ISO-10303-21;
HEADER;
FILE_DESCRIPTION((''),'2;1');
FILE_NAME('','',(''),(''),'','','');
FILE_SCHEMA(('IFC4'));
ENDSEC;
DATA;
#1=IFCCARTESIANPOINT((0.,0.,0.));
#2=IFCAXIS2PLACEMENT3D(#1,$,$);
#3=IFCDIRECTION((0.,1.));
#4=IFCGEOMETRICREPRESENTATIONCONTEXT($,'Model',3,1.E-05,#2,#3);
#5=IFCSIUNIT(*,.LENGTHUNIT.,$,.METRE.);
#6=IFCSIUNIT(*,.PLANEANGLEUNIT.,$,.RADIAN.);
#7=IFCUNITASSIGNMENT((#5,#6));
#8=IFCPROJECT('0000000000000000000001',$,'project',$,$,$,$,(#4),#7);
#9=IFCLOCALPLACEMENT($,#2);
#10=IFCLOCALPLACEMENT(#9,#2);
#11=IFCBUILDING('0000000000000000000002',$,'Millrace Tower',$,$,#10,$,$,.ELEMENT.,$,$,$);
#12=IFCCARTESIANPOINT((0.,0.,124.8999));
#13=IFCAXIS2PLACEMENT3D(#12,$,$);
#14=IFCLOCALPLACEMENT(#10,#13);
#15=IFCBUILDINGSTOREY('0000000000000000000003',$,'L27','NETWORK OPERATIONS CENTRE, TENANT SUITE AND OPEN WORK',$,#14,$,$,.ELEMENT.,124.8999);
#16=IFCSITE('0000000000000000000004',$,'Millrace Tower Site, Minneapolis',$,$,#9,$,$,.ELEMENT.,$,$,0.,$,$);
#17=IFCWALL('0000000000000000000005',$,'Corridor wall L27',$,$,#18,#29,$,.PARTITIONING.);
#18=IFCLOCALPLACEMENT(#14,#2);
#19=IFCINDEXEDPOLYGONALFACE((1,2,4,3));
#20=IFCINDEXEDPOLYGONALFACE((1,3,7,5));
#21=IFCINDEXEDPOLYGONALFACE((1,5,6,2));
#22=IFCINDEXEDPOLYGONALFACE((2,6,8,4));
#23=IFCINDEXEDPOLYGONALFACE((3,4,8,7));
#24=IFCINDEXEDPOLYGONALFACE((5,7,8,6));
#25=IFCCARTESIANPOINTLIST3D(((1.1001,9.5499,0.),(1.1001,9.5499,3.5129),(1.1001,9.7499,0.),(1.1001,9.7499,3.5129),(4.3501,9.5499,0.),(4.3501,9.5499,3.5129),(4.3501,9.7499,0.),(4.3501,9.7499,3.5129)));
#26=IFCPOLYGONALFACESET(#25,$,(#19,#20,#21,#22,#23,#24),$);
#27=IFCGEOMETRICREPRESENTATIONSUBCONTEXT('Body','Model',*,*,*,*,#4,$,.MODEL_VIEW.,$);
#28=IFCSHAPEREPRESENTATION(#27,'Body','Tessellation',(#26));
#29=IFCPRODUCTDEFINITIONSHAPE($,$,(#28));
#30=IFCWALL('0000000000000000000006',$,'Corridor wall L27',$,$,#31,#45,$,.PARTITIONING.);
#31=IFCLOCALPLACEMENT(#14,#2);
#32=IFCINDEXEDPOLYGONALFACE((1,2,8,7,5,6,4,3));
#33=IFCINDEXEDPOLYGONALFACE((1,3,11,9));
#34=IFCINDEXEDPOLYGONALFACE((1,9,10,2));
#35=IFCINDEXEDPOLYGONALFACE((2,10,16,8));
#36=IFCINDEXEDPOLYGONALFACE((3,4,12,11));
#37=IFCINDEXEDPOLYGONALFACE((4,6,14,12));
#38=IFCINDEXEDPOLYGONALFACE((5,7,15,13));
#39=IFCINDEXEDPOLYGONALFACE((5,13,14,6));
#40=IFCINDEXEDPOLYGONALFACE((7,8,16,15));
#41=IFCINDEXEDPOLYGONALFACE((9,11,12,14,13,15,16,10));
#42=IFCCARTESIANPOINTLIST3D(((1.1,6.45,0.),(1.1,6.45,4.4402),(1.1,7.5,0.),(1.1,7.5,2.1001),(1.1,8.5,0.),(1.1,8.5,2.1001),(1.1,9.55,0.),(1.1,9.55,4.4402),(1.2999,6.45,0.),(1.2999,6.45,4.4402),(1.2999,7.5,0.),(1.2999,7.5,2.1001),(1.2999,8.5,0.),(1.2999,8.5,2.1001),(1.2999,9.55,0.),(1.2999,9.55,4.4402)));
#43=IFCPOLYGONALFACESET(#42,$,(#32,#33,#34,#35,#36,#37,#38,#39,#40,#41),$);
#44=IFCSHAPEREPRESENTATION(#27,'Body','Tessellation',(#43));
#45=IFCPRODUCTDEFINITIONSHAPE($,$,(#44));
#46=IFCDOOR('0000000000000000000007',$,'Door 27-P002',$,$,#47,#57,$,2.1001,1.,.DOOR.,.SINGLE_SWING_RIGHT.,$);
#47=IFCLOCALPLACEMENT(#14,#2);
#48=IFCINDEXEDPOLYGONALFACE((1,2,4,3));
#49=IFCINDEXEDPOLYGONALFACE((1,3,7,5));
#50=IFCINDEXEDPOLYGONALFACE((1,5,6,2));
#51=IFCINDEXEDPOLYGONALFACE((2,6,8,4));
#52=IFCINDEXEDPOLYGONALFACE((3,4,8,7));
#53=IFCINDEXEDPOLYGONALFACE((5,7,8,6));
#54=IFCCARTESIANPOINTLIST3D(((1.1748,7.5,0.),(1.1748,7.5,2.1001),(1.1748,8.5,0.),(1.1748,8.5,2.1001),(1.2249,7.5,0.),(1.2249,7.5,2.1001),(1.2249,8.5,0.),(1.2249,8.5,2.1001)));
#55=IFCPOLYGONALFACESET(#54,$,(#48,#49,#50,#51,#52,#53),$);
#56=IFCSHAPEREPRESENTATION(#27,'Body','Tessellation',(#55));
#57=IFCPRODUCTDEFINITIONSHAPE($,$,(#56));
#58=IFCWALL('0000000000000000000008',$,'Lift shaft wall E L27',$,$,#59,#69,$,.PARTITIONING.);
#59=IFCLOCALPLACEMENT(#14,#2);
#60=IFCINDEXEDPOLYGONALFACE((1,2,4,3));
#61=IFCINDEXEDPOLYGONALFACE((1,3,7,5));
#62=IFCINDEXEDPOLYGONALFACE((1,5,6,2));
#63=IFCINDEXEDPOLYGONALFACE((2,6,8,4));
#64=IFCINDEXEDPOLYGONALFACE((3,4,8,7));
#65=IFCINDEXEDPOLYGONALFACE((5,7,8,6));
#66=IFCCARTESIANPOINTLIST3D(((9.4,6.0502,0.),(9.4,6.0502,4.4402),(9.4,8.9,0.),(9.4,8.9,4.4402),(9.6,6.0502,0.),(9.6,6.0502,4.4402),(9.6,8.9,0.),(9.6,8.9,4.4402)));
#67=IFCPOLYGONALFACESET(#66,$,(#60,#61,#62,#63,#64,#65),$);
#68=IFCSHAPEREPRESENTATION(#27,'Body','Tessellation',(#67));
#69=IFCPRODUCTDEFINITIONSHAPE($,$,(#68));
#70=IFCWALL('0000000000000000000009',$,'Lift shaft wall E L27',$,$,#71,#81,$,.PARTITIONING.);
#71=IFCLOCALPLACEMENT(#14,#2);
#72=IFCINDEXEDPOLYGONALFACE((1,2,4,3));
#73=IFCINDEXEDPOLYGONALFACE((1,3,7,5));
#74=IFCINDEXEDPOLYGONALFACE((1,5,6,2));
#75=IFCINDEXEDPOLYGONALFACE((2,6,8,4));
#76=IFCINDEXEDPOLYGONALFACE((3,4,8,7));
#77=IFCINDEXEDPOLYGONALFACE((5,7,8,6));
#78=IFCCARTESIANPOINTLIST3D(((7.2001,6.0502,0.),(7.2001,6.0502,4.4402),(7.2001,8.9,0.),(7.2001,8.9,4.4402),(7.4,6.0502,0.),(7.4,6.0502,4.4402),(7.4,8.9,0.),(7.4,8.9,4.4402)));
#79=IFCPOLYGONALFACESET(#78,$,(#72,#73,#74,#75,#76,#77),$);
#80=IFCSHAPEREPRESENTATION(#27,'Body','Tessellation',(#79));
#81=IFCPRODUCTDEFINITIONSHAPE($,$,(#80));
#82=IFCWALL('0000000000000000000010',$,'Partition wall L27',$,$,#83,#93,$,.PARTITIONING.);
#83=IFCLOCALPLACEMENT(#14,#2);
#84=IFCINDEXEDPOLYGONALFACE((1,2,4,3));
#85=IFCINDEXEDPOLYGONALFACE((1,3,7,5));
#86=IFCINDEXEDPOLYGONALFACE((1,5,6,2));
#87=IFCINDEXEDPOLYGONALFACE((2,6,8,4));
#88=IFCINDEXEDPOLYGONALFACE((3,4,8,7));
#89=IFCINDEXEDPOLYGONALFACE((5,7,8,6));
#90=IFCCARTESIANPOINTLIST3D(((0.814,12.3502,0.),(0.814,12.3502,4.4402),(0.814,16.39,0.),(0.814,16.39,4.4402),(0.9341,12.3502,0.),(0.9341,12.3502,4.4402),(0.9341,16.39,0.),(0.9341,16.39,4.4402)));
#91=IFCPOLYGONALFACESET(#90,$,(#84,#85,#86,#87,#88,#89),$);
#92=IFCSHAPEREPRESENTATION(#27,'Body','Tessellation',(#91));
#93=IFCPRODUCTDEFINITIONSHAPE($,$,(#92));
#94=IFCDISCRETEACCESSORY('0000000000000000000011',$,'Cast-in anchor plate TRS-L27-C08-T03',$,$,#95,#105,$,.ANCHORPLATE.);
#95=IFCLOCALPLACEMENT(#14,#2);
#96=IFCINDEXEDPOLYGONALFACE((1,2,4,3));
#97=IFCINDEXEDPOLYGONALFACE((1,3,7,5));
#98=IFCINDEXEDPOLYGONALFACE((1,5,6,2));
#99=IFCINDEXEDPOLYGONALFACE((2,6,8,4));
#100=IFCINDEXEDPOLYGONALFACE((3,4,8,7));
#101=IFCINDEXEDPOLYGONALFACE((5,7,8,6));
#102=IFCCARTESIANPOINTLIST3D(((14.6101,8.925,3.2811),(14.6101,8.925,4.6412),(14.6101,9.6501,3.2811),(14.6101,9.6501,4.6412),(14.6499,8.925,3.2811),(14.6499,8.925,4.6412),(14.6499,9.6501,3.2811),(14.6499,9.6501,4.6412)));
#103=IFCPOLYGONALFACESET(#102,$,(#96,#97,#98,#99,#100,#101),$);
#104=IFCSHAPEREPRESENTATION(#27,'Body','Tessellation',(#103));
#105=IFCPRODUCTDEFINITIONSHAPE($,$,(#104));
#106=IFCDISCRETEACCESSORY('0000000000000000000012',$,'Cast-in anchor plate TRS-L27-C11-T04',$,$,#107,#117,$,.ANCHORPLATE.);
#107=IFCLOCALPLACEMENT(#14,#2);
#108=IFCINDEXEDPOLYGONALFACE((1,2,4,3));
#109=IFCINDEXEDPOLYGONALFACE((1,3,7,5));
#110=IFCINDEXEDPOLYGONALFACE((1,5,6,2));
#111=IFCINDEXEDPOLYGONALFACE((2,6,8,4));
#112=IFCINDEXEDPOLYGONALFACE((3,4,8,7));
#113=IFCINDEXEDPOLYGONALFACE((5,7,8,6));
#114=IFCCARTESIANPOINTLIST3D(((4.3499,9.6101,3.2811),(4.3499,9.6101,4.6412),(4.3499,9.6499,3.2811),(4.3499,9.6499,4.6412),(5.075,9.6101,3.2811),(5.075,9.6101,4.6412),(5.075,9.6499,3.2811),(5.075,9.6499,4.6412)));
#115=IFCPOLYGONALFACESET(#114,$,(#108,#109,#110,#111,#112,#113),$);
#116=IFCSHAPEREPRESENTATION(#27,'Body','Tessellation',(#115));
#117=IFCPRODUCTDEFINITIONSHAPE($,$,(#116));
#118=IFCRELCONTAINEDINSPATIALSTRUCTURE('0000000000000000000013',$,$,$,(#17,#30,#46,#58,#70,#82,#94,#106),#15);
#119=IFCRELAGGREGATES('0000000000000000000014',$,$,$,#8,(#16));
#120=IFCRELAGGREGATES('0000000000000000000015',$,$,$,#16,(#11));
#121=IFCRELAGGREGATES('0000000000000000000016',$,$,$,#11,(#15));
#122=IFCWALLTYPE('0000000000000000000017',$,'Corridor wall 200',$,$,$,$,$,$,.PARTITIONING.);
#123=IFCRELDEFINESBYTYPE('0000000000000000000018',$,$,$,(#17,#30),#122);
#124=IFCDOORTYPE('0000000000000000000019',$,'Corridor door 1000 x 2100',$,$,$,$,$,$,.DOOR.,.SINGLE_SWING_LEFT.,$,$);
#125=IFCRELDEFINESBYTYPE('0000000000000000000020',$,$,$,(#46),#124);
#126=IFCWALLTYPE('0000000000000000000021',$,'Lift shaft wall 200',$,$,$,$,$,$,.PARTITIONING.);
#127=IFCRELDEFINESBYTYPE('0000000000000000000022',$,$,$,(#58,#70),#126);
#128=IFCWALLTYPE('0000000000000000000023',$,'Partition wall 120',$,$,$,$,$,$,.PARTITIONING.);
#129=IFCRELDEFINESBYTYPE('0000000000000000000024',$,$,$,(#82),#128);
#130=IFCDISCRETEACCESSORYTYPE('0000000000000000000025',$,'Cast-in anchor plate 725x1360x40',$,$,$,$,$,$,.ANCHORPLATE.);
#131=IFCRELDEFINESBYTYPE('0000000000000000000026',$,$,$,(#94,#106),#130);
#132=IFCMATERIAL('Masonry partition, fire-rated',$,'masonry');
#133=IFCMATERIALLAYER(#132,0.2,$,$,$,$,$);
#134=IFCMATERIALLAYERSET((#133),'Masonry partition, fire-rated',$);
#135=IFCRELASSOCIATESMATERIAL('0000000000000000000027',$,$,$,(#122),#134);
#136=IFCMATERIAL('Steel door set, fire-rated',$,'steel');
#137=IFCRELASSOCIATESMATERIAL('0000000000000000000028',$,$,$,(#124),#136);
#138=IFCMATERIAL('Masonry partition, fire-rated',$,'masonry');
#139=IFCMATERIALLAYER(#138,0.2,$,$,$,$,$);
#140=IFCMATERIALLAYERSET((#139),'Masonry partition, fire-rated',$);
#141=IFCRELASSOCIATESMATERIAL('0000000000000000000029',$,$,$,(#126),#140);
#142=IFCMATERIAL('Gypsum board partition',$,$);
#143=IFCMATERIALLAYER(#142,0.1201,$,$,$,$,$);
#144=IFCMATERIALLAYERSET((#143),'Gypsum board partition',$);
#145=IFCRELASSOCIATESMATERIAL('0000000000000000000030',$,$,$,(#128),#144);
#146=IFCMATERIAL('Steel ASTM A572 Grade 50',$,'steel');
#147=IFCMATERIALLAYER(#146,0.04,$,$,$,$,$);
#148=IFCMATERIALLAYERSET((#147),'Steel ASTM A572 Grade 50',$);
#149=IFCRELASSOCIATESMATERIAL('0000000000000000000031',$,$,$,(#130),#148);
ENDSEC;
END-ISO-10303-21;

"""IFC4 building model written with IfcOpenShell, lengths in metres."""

from ifc_helpers import new_model, si_unit, direction, frame, frame_2d, origin, origin_2d, place, context, subcontext, project, spatial, rectangle, extrude, material, layer, layer_set, type_object, element, fill, save


model = new_model("IFC4")

# Units and contexts
model_context = context("Model", 3, precision=1e-05, world=origin(), true_north=direction((0.0, 1.0)))
body_context = subcontext(model_context, "Body", "Model", "MODEL_VIEW")
ifc_project = project(units=[si_unit("LENGTHUNIT", "METRE"), si_unit("PLANEANGLEUNIT", "RADIAN")], contexts=[model_context])

# Site, building, storey
site_placement = place(None, origin())
site = spatial("IfcSite", under=ifc_project, at=site_placement, Name="Millrace Tower Site, Minneapolis", CompositionType="ELEMENT", RefElevation=0.0)
building_placement = place(site_placement, origin())
building = spatial("IfcBuilding", under=site, at=building_placement, Name="Millrace Tower", CompositionType="ELEMENT")
storey_placement = place(building_placement, frame((0.0, 0.0, 124.8999)))
storey = spatial("IfcBuildingStorey", under=building, at=storey_placement, Name="L27", Description="NETWORK OPERATIONS CENTRE, TENANT SUITE AND OPEN WORK", CompositionType="ELEMENT", Elevation=124.8999)

# Wall
ifc_material_1 = material(Name="Masonry partition, fire-rated", Category="masonry")
ifc_layer_1 = layer(ifc_material_1, 0.2)
ifc_layer_set_1 = layer_set([ifc_layer_1], Name="Masonry partition, fire-rated")
wall_type_1 = type_object("IfcWallType", Name="Corridor wall 200", PredefinedType="PARTITIONING", material=ifc_layer_set_1)
wall_1_placement = place(storey_placement, frame((1.1001, 9.6499, 0.0), z_axis=(0.0, 0.0, 1.0), x_axis=(1.0, 0.0, 0.0)))
element("IfcWall", 1, at=wall_1_placement, inside=storey, type_object=wall_type_1, Name="Corridor wall L27", PredefinedType="PARTITIONING", context=body_context, shape_type="SweptSolid", body=[
    extrude(rectangle(XDim=3.25, YDim=0.2, at=frame_2d((1.625, 0.0))), origin(), (0.0, 0.0, 1.0), 3.5129),
])

# Wall, opening, door
wall_2_placement = place(storey_placement, frame((1.2, 6.45, 0.0), z_axis=(0.0, 0.0, 1.0), x_axis=(0.0, 1.0, 0.0)))
wall_2 = element("IfcWall", 2, at=wall_2_placement, inside=storey, type_object=wall_type_1, Name="Corridor wall L27", PredefinedType="PARTITIONING", context=body_context, shape_type="SweptSolid", body=[
    extrude(rectangle(XDim=3.1001, YDim=0.2, at=frame_2d((1.55, 0.0))), origin(), (0.0, 0.0, 1.0), 4.4402),
])
opening_placement = place(wall_2_placement, frame((1.05, 0.0, 0.0)))
opening = element("IfcOpeningElement", 3, at=opening_placement, cuts=wall_2, PredefinedType="OPENING", context=body_context, shape_type="SweptSolid", body=[
    extrude(rectangle(XDim=1.0, YDim=2.1001, at=frame_2d((0.5, 1.05))), frame((0.0, 0.1099, 0.0), z_axis=(0.0, -1.0, 0.0), x_axis=(1.0, 0.0, 0.0)), (0.0, 0.0, 1.0), 0.22),
])
ifc_material_2 = material(Name="Steel door set, fire-rated", Category="steel")
door_type = type_object("IfcDoorType", Name="Corridor door 1000 x 2100", OperationType="SINGLE_SWING_LEFT", PredefinedType="DOOR", material=ifc_material_2)
door_placement = place(opening_placement, frame((1.0, 0.0, 0.0), z_axis=(0.0, 0.0, 1.0), x_axis=(-1.0, 0.0, 0.0)))
door = element("IfcDoor", 4, at=door_placement, inside=storey, type_object=door_type, Name="Door 27-P002", OperationType="SINGLE_SWING_RIGHT", OverallHeight=2.1001, OverallWidth=1.0, PredefinedType="DOOR", context=body_context, shape_type="SweptSolid", body=[
    extrude(rectangle(XDim=1.0, YDim=2.1001, at=frame_2d((0.5, 1.05))), frame((0.0, 0.0249, 0.0), z_axis=(0.0, -1.0, 0.0), x_axis=(1.0, 0.0, 0.0)), (0.0, 0.0, 1.0), 0.05),
])
fill(opening, door)

# Walls
ifc_material_3 = material(Name="Masonry partition, fire-rated", Category="masonry")
ifc_layer_2 = layer(ifc_material_3, 0.2)
ifc_layer_set_2 = layer_set([ifc_layer_2], Name="Masonry partition, fire-rated")
wall_type_2 = type_object("IfcWallType", Name="Lift shaft wall 200", PredefinedType="PARTITIONING", material=ifc_layer_set_2)
for number, where, z_axis, x_axis, name in (
    (5, (9.5, 8.8999, 0.0), (0.0, 0.0, 1.0), (0.0, -1.0, 0.0), "Lift shaft wall E L27"),
    (6, (7.3, 8.8999, 0.0), (0.0, 0.0, 1.0), (0.0, -1.0, 0.0), "Lift shaft wall E L27"),
):
    element("IfcWall", number, at=place(storey_placement, frame(where, z_axis=z_axis, x_axis=x_axis)), inside=storey, type_object=wall_type_2, Name=name, PredefinedType="PARTITIONING", context=body_context, shape_type="SweptSolid", body=[
        extrude(rectangle(XDim=2.8499, YDim=0.2, at=frame_2d((1.4248, 0.0))), origin(), (0.0, 0.0, 1.0), 4.4402),
    ])
ifc_material_4 = material(Name="Gypsum board partition")
ifc_layer_3 = layer(ifc_material_4, 0.1201)
ifc_layer_set_3 = layer_set([ifc_layer_3], Name="Gypsum board partition")
wall_type_3 = type_object("IfcWallType", Name="Partition wall 120", PredefinedType="PARTITIONING", material=ifc_layer_set_3)
wall_3_placement = place(storey_placement, frame((0.874, 12.3501, 0.0), z_axis=(0.0, 0.0, 1.0), x_axis=(0.0, 1.0, 0.0)))
element("IfcWall", 7, at=wall_3_placement, inside=storey, type_object=wall_type_3, Name="Partition wall L27", PredefinedType="PARTITIONING", context=body_context, shape_type="SweptSolid", body=[
    extrude(rectangle(XDim=4.0398, YDim=0.1201, at=frame_2d((2.02, 0.0))), origin(), (0.0, 0.0, 1.0), 4.4402),
])

# Discrete accessories
ifc_material_5 = material(Name="Steel ASTM A572 Grade 50", Category="steel")
ifc_layer_4 = layer(ifc_material_5, 0.04)
ifc_layer_set_4 = layer_set([ifc_layer_4], Name="Steel ASTM A572 Grade 50")
discrete_accessory_type = type_object("IfcDiscreteAccessoryType", Name="Cast-in anchor plate 725x1360x40", PredefinedType="ANCHORPLATE", material=ifc_layer_set_4)
for number, where, z_axis, x_axis, name in (
    (8, (14.6101, 9.2876, 3.9612), (1.0, 0.0, 0.0), (0.0, 1.0, 0.0), "Cast-in anchor plate TRS-L27-C08-T03"),
    (9, (4.7124, 9.6101, 3.9612), (0.0, 1.0, 0.0), (-1.0, 0.0, 0.0), "Cast-in anchor plate TRS-L27-C11-T04"),
):
    element("IfcDiscreteAccessory", number, at=place(storey_placement, frame(where, z_axis=z_axis, x_axis=x_axis)), inside=storey, type_object=discrete_accessory_type, Name=name, PredefinedType="ANCHORPLATE", context=body_context, shape_type="SweptSolid", body=[
        extrude(rectangle(XDim=0.7251, YDim=1.3601, at=origin_2d()), origin(), (0.0, 0.0, 1.0), 0.0398),
    ])

save(model, "model.ifc")
